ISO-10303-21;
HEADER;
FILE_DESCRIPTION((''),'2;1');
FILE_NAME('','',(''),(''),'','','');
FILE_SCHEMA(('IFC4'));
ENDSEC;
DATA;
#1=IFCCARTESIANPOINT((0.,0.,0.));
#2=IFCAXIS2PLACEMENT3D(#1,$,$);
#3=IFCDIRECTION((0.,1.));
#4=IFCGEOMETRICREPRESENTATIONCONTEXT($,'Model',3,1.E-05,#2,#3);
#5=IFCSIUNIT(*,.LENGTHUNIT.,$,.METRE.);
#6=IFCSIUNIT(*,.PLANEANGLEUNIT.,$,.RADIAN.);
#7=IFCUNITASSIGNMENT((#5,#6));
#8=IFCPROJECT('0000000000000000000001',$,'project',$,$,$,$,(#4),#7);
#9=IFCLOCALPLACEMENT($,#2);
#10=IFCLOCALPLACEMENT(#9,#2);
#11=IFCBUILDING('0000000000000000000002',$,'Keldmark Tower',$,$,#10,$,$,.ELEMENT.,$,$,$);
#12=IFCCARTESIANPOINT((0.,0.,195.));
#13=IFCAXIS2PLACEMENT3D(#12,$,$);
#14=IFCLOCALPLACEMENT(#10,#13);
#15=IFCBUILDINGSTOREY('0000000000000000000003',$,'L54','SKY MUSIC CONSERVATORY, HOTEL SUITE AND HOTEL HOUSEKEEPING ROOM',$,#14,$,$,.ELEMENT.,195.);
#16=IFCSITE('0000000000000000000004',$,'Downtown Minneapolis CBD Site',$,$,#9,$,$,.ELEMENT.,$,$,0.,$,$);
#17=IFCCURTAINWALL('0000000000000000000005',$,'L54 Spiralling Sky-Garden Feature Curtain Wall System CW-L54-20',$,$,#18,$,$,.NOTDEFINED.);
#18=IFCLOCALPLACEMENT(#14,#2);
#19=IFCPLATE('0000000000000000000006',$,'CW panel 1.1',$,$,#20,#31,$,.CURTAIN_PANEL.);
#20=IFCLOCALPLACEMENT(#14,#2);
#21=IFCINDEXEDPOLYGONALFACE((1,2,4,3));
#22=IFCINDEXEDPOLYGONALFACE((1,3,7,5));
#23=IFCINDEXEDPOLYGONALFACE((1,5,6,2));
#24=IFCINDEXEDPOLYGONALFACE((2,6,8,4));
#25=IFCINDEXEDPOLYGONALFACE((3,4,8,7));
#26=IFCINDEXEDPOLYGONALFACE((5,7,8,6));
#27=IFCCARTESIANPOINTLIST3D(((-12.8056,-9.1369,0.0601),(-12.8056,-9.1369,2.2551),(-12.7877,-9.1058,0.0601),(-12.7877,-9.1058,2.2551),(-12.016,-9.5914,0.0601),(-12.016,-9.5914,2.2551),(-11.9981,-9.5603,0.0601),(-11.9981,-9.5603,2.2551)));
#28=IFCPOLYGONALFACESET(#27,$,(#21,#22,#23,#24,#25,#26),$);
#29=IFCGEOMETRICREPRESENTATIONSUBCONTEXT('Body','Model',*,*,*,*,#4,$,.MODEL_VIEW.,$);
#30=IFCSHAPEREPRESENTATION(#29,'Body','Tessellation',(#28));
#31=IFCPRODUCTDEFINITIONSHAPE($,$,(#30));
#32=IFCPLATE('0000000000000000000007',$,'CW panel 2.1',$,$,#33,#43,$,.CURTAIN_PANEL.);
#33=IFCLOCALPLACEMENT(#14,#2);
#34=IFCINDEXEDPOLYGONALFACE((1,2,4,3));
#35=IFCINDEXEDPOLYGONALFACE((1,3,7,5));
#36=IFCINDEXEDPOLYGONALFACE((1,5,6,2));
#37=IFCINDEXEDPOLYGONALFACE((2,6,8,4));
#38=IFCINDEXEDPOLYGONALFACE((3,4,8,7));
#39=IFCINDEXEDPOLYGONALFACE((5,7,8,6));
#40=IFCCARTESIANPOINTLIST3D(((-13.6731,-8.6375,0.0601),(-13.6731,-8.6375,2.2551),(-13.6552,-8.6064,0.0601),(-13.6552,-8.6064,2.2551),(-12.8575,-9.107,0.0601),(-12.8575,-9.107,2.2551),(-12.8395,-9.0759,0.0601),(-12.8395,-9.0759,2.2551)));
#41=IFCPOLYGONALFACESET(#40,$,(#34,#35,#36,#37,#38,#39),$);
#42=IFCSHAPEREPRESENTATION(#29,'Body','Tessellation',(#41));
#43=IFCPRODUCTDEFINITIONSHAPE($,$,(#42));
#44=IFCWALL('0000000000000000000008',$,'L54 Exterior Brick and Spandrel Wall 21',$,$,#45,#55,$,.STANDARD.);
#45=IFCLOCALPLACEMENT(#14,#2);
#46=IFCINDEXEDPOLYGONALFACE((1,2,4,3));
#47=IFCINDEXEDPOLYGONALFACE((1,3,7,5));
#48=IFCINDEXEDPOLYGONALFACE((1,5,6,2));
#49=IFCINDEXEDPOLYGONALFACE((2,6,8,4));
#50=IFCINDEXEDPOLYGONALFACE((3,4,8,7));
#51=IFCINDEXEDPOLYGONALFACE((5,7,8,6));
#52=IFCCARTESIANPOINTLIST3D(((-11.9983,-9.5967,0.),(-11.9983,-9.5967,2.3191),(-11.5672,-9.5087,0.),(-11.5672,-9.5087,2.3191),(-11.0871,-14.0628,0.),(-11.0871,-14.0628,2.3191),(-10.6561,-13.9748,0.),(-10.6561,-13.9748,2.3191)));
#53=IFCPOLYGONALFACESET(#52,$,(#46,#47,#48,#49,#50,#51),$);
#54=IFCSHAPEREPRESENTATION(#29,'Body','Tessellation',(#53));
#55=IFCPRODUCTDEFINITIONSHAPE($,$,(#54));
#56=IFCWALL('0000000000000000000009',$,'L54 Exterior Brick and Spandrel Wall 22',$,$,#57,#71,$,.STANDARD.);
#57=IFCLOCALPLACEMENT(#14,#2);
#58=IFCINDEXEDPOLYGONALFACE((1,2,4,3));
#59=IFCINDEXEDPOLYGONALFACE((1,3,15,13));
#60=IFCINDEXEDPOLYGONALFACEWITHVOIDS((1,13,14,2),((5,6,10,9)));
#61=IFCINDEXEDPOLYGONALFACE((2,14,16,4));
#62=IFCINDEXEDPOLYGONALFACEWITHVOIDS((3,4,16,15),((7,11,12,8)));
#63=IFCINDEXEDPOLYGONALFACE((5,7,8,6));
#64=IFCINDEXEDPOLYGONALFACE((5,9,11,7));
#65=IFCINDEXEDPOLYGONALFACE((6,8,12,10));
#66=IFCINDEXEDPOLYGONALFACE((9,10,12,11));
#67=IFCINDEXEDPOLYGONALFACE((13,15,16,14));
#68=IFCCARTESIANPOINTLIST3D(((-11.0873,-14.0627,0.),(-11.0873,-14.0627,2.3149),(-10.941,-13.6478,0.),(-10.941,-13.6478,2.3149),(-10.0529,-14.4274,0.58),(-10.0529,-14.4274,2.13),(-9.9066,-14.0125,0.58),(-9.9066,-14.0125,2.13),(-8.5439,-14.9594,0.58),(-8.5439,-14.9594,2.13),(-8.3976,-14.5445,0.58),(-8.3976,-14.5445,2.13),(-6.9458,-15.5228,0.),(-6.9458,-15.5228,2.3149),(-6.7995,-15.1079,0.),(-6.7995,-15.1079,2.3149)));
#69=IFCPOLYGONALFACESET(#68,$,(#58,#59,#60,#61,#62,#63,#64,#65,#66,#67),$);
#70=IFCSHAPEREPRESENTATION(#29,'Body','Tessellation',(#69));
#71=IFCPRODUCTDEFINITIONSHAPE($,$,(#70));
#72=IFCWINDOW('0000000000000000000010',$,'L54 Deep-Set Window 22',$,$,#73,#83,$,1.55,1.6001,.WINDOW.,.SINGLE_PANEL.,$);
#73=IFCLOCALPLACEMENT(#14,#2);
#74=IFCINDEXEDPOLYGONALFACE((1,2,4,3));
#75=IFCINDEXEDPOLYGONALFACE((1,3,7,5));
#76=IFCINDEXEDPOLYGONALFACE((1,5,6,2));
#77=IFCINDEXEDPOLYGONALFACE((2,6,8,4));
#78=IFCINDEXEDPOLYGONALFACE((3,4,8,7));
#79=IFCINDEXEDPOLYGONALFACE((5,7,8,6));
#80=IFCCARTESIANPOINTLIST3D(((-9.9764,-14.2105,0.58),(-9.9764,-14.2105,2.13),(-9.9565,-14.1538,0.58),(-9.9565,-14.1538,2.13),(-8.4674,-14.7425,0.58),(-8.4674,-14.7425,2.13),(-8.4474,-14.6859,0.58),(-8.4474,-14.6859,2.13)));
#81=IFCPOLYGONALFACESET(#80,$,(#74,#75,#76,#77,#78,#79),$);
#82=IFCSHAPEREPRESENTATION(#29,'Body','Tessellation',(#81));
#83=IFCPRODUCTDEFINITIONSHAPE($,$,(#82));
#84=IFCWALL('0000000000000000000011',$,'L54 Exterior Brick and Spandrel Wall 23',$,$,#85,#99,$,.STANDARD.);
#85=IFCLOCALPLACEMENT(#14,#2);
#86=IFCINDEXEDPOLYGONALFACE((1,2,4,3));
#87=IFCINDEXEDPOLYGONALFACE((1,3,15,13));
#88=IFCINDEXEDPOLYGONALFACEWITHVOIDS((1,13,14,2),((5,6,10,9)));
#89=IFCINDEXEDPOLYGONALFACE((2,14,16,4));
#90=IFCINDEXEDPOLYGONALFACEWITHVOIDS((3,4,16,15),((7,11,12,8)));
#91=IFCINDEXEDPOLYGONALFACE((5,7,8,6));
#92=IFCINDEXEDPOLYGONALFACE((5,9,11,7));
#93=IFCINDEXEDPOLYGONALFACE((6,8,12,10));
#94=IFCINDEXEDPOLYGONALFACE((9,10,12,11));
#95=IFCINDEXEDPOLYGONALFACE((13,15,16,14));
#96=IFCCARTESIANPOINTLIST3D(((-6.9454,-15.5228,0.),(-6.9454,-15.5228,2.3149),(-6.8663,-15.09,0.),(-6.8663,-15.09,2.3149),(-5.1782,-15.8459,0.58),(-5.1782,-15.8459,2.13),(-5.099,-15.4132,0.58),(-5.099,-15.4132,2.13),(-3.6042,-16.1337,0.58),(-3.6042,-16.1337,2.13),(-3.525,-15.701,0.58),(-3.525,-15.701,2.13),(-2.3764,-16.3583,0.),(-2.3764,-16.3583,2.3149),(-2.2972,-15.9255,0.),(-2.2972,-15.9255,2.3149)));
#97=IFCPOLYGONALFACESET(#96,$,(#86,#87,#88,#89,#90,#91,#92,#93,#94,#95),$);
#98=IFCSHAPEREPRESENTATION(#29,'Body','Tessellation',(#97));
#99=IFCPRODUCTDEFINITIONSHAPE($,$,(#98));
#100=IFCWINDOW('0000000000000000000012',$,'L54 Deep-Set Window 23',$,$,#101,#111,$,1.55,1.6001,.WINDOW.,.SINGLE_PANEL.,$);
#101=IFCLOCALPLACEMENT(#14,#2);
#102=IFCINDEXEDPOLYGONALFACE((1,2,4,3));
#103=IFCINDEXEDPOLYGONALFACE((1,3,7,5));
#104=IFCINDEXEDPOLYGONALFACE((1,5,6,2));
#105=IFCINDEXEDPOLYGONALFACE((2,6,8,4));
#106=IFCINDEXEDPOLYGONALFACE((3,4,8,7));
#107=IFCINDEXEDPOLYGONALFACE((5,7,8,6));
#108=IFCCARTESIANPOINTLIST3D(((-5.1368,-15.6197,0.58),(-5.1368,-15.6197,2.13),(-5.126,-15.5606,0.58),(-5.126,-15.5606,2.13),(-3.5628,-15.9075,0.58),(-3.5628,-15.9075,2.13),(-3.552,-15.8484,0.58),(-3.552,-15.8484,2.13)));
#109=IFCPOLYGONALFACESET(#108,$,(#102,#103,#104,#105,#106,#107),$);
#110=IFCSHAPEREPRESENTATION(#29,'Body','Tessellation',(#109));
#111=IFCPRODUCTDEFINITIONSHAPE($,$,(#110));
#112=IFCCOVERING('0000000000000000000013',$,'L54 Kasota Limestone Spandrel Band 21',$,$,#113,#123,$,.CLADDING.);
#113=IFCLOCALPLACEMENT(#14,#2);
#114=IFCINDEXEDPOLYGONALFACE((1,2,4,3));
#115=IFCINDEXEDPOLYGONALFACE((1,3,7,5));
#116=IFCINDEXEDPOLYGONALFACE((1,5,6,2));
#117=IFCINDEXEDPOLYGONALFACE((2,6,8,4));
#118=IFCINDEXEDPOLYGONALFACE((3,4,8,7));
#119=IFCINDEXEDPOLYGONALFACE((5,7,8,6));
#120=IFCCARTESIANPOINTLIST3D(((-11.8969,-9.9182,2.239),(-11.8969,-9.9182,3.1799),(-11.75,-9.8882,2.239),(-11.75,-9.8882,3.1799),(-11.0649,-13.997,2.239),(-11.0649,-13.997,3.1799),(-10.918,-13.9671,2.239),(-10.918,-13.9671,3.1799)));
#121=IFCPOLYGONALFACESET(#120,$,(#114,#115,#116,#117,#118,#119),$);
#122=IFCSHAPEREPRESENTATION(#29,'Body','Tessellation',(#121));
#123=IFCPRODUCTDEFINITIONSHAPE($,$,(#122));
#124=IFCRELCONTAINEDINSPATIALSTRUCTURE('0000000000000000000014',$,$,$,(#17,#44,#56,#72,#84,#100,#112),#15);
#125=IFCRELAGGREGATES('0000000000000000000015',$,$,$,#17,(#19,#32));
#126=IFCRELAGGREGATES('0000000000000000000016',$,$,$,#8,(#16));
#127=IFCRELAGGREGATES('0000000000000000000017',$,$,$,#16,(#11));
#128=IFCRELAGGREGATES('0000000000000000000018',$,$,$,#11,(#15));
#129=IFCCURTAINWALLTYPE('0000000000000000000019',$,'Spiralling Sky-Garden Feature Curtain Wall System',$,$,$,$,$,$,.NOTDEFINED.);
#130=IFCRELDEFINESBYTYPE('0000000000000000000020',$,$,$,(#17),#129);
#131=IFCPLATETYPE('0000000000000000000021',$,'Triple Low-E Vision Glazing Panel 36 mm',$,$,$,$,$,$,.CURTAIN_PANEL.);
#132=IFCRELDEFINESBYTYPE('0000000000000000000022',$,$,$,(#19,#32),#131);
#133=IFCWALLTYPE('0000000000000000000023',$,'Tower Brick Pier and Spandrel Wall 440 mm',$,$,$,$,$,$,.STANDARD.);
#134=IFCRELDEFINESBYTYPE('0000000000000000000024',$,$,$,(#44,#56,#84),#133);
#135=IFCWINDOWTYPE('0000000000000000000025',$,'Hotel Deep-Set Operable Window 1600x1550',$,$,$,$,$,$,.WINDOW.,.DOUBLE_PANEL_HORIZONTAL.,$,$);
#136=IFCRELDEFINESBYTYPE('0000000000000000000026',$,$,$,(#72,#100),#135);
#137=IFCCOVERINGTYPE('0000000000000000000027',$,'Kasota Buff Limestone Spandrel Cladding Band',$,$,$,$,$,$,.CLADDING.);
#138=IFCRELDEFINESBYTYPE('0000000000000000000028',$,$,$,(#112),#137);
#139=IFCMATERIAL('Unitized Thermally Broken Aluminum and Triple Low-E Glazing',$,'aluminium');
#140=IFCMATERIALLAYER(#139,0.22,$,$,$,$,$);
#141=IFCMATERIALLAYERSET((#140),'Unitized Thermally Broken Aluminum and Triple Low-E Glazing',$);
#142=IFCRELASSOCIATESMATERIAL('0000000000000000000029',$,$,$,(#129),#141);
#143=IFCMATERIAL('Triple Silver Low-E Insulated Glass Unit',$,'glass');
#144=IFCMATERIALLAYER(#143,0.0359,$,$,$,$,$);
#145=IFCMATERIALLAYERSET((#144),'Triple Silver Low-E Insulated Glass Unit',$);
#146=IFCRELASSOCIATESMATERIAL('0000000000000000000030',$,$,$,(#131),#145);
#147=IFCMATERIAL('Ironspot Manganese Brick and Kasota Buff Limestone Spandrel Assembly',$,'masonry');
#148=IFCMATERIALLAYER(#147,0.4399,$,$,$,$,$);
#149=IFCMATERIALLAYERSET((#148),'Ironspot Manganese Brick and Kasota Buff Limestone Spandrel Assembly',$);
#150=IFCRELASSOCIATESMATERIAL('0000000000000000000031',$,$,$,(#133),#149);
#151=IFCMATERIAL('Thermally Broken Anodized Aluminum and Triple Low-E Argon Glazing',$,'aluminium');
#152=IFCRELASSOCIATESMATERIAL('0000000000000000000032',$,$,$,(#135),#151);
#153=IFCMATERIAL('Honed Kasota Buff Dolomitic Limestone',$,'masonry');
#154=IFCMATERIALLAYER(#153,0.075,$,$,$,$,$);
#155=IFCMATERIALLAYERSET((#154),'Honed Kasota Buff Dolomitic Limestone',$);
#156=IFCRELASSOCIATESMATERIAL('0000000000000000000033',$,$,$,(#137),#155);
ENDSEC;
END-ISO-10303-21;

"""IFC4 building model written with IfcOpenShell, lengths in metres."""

from ifc_helpers import new_model, si_unit, direction, frame, frame_2d, origin, origin_2d, place, context, subcontext, project, spatial, rectangle, extrude, material, layer, layer_set, type_object, element, fill, aggregate, save


model = new_model("IFC4")

# Units and contexts
model_context = context("Model", 3, precision=1e-05, world=origin(), true_north=direction((0.0, 1.0)))
body_context = subcontext(model_context, "Body", "Model", "MODEL_VIEW")
ifc_project = project(units=[si_unit("LENGTHUNIT", "METRE"), si_unit("PLANEANGLEUNIT", "RADIAN")], contexts=[model_context])

# Site, building, storey
site_placement = place(None, origin())
site = spatial("IfcSite", under=ifc_project, at=site_placement, Name="Downtown Minneapolis CBD Site", CompositionType="ELEMENT", RefElevation=0.0)
building_placement = place(site_placement, origin())
building = spatial("IfcBuilding", under=site, at=building_placement, Name="Keldmark Tower", CompositionType="ELEMENT")
storey_placement = place(building_placement, frame((0.0, 0.0, 195.0)))
storey = spatial("IfcBuildingStorey", under=building, at=storey_placement, Name="L54", Description="SKY MUSIC CONSERVATORY, HOTEL SUITE AND HOTEL HOUSEKEEPING ROOM", CompositionType="ELEMENT", Elevation=195.0)

# Curtain wall
ifc_material_1 = material(Name="Unitized Thermally Broken Aluminum and Triple Low-E Glazing", Category="aluminium")
ifc_layer_1 = layer(ifc_material_1, 0.22)
ifc_layer_set_1 = layer_set([ifc_layer_1], Name="Unitized Thermally Broken Aluminum and Triple Low-E Glazing")
curtain_wall_type = type_object("IfcCurtainWallType", Name="Spiralling Sky-Garden Feature Curtain Wall System", PredefinedType="NOTDEFINED", material=ifc_layer_set_1)
curtain_wall_placement = place(storey_placement, origin())
curtain_wall = element("IfcCurtainWall", 1, at=curtain_wall_placement, inside=storey, type_object=curtain_wall_type, Name="L54 Spiralling Sky-Garden Feature Curtain Wall System CW-L54-20", PredefinedType="NOTDEFINED")

# Plates
ifc_material_2 = material(Name="Triple Silver Low-E Insulated Glass Unit", Category="glass")
ifc_layer_2 = layer(ifc_material_2, 0.0359)
ifc_layer_set_2 = layer_set([ifc_layer_2], Name="Triple Silver Low-E Insulated Glass Unit")
plate_type_1 = type_object("IfcPlateType", Name="Triple Low-E Vision Glazing Panel 36 mm", PredefinedType="CURTAIN_PANEL", material=ifc_layer_set_2)
plate_1_placement = place(storey_placement, frame((-12.4019, -9.3486, 0.0601), z_axis=(0.0, 0.0, 1.0), x_axis=(-0.866688, 0.498851, 0.0)))
plate_1 = element("IfcPlate", 2, at=plate_1_placement, type_object=plate_type_1, Name="CW panel 1.1", PredefinedType="CURTAIN_PANEL", context=body_context, shape_type="SweptSolid", body=[
    extrude(rectangle(XDim=0.9111, YDim=0.0359, at=origin_2d()), origin(), (0.0, 0.0, 1.0), 2.1951),
])
plate_2_placement = place(storey_placement, frame((-13.2563, -8.8567, 0.0601), z_axis=(0.0, 0.0, 1.0), x_axis=(-0.866688, 0.498851, 0.0)))
plate_2 = element("IfcPlate", 3, at=plate_2_placement, type_object=plate_type_1, Name="CW panel 2.1", PredefinedType="CURTAIN_PANEL", context=body_context, shape_type="SweptSolid", body=[
    extrude(rectangle(XDim=0.9412, YDim=0.0359, at=origin_2d()), origin(), (0.0, 0.0, 1.0), 2.1951),
])
aggregate(curtain_wall, [plate_1, plate_2])

# Wall
ifc_material_3 = material(Name="Ironspot Manganese Brick and Kasota Buff Limestone Spandrel Assembly", Category="masonry")
ifc_layer_3 = layer(ifc_material_3, 0.4399)
ifc_layer_set_3 = layer_set([ifc_layer_3], Name="Ironspot Manganese Brick and Kasota Buff Limestone Spandrel Assembly")
wall_type = type_object("IfcWallType", Name="Tower Brick Pier and Spandrel Wall 440 mm", PredefinedType="STANDARD", material=ifc_layer_set_3)
wall_1_placement = place(storey_placement, frame((-10.8716, -14.0188, 0.0), z_axis=(0.0, 0.0, 1.0), x_axis=(-0.199895, 0.979817, 0.0)))
element("IfcWall", 4, at=wall_1_placement, inside=storey, type_object=wall_type, Name="L54 Exterior Brick and Spandrel Wall 21", PredefinedType="STANDARD", context=body_context, shape_type="SweptSolid", body=[
    extrude(rectangle(XDim=4.5581, YDim=0.4399, at=frame_2d((2.2791, 0.0))), origin(), (0.0, 0.0, 1.0), 2.3191),
])

# Walls, openings, windows
wall_2_placement = place(storey_placement, frame((-6.8726, -15.3154, 0.0), z_axis=(0.0, 0.0, 1.0), x_axis=(-0.9431, 0.332509, 0.0)))
wall_2 = element("IfcWall", 5, at=wall_2_placement, inside=storey, type_object=wall_type, Name="L54 Exterior Brick and Spandrel Wall 22", PredefinedType="STANDARD", context=body_context, shape_type="SweptSolid", body=[
    extrude(rectangle(XDim=4.3914, YDim=0.4399, at=frame_2d((2.1958, 0.0))), origin(), (0.0, 0.0, 1.0), 2.3149),
])
opening_1_placement = place(wall_2_placement, frame((1.6946, 0.0, 0.5801)))
opening_1 = element("IfcOpeningElement", 6, at=opening_1_placement, cuts=wall_2, PredefinedType="OPENING", context=body_context, shape_type="SweptSolid", body=[
    extrude(rectangle(XDim=1.6001, YDim=1.55, at=frame_2d((0.8, 0.7749))), frame((0.0, 0.23, 0.0), z_axis=(0.0, -1.0, 0.0), x_axis=(1.0, 0.0, 0.0)), (0.0, 0.0, 1.0), 0.46),
])
ifc_material_4 = material(Name="Thermally Broken Anodized Aluminum and Triple Low-E Argon Glazing", Category="aluminium")
window_type = type_object("IfcWindowType", Name="Hotel Deep-Set Operable Window 1600x1550", PartitioningType="DOUBLE_PANEL_HORIZONTAL", PredefinedType="WINDOW", material=ifc_material_4)
window_1_placement = place(opening_1_placement, origin())
window_1 = element("IfcWindow", 7, at=window_1_placement, inside=storey, type_object=window_type, Name="L54 Deep-Set Window 22", OverallHeight=1.55, OverallWidth=1.6001, PartitioningType="SINGLE_PANEL", PredefinedType="WINDOW", context=body_context, shape_type="SweptSolid", body=[
    extrude(rectangle(XDim=1.6001, YDim=1.55, at=frame_2d((0.8, 0.7749))), frame((0.0, -0.01, 0.0), z_axis=(0.0, -1.0, 0.0), x_axis=(1.0, 0.0, 0.0)), (0.0, 0.0, 1.0), 0.0601),
])
fill(opening_1, window_1)
wall_3_placement = place(storey_placement, frame((-2.3369, -16.1418, 0.0), z_axis=(0.0, 0.0, 1.0), x_axis=(-0.983691, 0.179866, 0.0)))
wall_3 = element("IfcWall", 8, at=wall_3_placement, inside=storey, type_object=wall_type, Name="L54 Exterior Brick and Spandrel Wall 23", PredefinedType="STANDARD", context=body_context, shape_type="SweptSolid", body=[
    extrude(rectangle(XDim=4.6448, YDim=0.4399, at=frame_2d((2.3223, 0.0))), origin(), (0.0, 0.0, 1.0), 2.3149),
])
opening_2_placement = place(wall_3_placement, frame((1.248, 0.0, 0.5801)))
opening_2 = element("IfcOpeningElement", 9, at=opening_2_placement, cuts=wall_3, PredefinedType="OPENING", context=body_context, shape_type="SweptSolid", body=[
    extrude(rectangle(XDim=1.6001, YDim=1.55, at=frame_2d((0.8, 0.7749))), frame((0.0, 0.23, 0.0), z_axis=(0.0, -1.0, 0.0), x_axis=(1.0, 0.0, 0.0)), (0.0, 0.0, 1.0), 0.46),
])
window_2_placement = place(opening_2_placement, origin())
window_2 = element("IfcWindow", 10, at=window_2_placement, inside=storey, type_object=window_type, Name="L54 Deep-Set Window 23", OverallHeight=1.55, OverallWidth=1.6001, PartitioningType="SINGLE_PANEL", PredefinedType="WINDOW", context=body_context, shape_type="SweptSolid", body=[
    extrude(rectangle(XDim=1.6001, YDim=1.55, at=frame_2d((0.8, 0.7749))), frame((0.0, -0.01, 0.0), z_axis=(0.0, -1.0, 0.0), x_axis=(1.0, 0.0, 0.0)), (0.0, 0.0, 1.0), 0.0601),
])
fill(opening_2, window_2)

# Covering
ifc_material_5 = material(Name="Honed Kasota Buff Dolomitic Limestone", Category="masonry")
ifc_layer_4 = layer(ifc_material_5, 0.075)
ifc_layer_set_4 = layer_set([ifc_layer_4], Name="Honed Kasota Buff Dolomitic Limestone")
covering_type = type_object("IfcCoveringType", Name="Kasota Buff Limestone Spandrel Cladding Band", PredefinedType="CLADDING", material=ifc_layer_set_4)
covering_placement = place(storey_placement, frame((-11.4075, -11.9426, 2.239), z_axis=(0.0, 0.0, 1.0), x_axis=(0.199864, -0.979824, 0.0)))
element("IfcCovering", 11, at=covering_placement, inside=storey, type_object=covering_type, Name="L54 Kasota Limestone Spandrel Band 21", PredefinedType="CLADDING", context=body_context, shape_type="SweptSolid", body=[
    extrude(rectangle(XDim=4.1628, YDim=0.1499, at=origin_2d()), origin(), (0.0, 0.0, 1.0), 0.9409),
])

save(model, "model.ifc")
